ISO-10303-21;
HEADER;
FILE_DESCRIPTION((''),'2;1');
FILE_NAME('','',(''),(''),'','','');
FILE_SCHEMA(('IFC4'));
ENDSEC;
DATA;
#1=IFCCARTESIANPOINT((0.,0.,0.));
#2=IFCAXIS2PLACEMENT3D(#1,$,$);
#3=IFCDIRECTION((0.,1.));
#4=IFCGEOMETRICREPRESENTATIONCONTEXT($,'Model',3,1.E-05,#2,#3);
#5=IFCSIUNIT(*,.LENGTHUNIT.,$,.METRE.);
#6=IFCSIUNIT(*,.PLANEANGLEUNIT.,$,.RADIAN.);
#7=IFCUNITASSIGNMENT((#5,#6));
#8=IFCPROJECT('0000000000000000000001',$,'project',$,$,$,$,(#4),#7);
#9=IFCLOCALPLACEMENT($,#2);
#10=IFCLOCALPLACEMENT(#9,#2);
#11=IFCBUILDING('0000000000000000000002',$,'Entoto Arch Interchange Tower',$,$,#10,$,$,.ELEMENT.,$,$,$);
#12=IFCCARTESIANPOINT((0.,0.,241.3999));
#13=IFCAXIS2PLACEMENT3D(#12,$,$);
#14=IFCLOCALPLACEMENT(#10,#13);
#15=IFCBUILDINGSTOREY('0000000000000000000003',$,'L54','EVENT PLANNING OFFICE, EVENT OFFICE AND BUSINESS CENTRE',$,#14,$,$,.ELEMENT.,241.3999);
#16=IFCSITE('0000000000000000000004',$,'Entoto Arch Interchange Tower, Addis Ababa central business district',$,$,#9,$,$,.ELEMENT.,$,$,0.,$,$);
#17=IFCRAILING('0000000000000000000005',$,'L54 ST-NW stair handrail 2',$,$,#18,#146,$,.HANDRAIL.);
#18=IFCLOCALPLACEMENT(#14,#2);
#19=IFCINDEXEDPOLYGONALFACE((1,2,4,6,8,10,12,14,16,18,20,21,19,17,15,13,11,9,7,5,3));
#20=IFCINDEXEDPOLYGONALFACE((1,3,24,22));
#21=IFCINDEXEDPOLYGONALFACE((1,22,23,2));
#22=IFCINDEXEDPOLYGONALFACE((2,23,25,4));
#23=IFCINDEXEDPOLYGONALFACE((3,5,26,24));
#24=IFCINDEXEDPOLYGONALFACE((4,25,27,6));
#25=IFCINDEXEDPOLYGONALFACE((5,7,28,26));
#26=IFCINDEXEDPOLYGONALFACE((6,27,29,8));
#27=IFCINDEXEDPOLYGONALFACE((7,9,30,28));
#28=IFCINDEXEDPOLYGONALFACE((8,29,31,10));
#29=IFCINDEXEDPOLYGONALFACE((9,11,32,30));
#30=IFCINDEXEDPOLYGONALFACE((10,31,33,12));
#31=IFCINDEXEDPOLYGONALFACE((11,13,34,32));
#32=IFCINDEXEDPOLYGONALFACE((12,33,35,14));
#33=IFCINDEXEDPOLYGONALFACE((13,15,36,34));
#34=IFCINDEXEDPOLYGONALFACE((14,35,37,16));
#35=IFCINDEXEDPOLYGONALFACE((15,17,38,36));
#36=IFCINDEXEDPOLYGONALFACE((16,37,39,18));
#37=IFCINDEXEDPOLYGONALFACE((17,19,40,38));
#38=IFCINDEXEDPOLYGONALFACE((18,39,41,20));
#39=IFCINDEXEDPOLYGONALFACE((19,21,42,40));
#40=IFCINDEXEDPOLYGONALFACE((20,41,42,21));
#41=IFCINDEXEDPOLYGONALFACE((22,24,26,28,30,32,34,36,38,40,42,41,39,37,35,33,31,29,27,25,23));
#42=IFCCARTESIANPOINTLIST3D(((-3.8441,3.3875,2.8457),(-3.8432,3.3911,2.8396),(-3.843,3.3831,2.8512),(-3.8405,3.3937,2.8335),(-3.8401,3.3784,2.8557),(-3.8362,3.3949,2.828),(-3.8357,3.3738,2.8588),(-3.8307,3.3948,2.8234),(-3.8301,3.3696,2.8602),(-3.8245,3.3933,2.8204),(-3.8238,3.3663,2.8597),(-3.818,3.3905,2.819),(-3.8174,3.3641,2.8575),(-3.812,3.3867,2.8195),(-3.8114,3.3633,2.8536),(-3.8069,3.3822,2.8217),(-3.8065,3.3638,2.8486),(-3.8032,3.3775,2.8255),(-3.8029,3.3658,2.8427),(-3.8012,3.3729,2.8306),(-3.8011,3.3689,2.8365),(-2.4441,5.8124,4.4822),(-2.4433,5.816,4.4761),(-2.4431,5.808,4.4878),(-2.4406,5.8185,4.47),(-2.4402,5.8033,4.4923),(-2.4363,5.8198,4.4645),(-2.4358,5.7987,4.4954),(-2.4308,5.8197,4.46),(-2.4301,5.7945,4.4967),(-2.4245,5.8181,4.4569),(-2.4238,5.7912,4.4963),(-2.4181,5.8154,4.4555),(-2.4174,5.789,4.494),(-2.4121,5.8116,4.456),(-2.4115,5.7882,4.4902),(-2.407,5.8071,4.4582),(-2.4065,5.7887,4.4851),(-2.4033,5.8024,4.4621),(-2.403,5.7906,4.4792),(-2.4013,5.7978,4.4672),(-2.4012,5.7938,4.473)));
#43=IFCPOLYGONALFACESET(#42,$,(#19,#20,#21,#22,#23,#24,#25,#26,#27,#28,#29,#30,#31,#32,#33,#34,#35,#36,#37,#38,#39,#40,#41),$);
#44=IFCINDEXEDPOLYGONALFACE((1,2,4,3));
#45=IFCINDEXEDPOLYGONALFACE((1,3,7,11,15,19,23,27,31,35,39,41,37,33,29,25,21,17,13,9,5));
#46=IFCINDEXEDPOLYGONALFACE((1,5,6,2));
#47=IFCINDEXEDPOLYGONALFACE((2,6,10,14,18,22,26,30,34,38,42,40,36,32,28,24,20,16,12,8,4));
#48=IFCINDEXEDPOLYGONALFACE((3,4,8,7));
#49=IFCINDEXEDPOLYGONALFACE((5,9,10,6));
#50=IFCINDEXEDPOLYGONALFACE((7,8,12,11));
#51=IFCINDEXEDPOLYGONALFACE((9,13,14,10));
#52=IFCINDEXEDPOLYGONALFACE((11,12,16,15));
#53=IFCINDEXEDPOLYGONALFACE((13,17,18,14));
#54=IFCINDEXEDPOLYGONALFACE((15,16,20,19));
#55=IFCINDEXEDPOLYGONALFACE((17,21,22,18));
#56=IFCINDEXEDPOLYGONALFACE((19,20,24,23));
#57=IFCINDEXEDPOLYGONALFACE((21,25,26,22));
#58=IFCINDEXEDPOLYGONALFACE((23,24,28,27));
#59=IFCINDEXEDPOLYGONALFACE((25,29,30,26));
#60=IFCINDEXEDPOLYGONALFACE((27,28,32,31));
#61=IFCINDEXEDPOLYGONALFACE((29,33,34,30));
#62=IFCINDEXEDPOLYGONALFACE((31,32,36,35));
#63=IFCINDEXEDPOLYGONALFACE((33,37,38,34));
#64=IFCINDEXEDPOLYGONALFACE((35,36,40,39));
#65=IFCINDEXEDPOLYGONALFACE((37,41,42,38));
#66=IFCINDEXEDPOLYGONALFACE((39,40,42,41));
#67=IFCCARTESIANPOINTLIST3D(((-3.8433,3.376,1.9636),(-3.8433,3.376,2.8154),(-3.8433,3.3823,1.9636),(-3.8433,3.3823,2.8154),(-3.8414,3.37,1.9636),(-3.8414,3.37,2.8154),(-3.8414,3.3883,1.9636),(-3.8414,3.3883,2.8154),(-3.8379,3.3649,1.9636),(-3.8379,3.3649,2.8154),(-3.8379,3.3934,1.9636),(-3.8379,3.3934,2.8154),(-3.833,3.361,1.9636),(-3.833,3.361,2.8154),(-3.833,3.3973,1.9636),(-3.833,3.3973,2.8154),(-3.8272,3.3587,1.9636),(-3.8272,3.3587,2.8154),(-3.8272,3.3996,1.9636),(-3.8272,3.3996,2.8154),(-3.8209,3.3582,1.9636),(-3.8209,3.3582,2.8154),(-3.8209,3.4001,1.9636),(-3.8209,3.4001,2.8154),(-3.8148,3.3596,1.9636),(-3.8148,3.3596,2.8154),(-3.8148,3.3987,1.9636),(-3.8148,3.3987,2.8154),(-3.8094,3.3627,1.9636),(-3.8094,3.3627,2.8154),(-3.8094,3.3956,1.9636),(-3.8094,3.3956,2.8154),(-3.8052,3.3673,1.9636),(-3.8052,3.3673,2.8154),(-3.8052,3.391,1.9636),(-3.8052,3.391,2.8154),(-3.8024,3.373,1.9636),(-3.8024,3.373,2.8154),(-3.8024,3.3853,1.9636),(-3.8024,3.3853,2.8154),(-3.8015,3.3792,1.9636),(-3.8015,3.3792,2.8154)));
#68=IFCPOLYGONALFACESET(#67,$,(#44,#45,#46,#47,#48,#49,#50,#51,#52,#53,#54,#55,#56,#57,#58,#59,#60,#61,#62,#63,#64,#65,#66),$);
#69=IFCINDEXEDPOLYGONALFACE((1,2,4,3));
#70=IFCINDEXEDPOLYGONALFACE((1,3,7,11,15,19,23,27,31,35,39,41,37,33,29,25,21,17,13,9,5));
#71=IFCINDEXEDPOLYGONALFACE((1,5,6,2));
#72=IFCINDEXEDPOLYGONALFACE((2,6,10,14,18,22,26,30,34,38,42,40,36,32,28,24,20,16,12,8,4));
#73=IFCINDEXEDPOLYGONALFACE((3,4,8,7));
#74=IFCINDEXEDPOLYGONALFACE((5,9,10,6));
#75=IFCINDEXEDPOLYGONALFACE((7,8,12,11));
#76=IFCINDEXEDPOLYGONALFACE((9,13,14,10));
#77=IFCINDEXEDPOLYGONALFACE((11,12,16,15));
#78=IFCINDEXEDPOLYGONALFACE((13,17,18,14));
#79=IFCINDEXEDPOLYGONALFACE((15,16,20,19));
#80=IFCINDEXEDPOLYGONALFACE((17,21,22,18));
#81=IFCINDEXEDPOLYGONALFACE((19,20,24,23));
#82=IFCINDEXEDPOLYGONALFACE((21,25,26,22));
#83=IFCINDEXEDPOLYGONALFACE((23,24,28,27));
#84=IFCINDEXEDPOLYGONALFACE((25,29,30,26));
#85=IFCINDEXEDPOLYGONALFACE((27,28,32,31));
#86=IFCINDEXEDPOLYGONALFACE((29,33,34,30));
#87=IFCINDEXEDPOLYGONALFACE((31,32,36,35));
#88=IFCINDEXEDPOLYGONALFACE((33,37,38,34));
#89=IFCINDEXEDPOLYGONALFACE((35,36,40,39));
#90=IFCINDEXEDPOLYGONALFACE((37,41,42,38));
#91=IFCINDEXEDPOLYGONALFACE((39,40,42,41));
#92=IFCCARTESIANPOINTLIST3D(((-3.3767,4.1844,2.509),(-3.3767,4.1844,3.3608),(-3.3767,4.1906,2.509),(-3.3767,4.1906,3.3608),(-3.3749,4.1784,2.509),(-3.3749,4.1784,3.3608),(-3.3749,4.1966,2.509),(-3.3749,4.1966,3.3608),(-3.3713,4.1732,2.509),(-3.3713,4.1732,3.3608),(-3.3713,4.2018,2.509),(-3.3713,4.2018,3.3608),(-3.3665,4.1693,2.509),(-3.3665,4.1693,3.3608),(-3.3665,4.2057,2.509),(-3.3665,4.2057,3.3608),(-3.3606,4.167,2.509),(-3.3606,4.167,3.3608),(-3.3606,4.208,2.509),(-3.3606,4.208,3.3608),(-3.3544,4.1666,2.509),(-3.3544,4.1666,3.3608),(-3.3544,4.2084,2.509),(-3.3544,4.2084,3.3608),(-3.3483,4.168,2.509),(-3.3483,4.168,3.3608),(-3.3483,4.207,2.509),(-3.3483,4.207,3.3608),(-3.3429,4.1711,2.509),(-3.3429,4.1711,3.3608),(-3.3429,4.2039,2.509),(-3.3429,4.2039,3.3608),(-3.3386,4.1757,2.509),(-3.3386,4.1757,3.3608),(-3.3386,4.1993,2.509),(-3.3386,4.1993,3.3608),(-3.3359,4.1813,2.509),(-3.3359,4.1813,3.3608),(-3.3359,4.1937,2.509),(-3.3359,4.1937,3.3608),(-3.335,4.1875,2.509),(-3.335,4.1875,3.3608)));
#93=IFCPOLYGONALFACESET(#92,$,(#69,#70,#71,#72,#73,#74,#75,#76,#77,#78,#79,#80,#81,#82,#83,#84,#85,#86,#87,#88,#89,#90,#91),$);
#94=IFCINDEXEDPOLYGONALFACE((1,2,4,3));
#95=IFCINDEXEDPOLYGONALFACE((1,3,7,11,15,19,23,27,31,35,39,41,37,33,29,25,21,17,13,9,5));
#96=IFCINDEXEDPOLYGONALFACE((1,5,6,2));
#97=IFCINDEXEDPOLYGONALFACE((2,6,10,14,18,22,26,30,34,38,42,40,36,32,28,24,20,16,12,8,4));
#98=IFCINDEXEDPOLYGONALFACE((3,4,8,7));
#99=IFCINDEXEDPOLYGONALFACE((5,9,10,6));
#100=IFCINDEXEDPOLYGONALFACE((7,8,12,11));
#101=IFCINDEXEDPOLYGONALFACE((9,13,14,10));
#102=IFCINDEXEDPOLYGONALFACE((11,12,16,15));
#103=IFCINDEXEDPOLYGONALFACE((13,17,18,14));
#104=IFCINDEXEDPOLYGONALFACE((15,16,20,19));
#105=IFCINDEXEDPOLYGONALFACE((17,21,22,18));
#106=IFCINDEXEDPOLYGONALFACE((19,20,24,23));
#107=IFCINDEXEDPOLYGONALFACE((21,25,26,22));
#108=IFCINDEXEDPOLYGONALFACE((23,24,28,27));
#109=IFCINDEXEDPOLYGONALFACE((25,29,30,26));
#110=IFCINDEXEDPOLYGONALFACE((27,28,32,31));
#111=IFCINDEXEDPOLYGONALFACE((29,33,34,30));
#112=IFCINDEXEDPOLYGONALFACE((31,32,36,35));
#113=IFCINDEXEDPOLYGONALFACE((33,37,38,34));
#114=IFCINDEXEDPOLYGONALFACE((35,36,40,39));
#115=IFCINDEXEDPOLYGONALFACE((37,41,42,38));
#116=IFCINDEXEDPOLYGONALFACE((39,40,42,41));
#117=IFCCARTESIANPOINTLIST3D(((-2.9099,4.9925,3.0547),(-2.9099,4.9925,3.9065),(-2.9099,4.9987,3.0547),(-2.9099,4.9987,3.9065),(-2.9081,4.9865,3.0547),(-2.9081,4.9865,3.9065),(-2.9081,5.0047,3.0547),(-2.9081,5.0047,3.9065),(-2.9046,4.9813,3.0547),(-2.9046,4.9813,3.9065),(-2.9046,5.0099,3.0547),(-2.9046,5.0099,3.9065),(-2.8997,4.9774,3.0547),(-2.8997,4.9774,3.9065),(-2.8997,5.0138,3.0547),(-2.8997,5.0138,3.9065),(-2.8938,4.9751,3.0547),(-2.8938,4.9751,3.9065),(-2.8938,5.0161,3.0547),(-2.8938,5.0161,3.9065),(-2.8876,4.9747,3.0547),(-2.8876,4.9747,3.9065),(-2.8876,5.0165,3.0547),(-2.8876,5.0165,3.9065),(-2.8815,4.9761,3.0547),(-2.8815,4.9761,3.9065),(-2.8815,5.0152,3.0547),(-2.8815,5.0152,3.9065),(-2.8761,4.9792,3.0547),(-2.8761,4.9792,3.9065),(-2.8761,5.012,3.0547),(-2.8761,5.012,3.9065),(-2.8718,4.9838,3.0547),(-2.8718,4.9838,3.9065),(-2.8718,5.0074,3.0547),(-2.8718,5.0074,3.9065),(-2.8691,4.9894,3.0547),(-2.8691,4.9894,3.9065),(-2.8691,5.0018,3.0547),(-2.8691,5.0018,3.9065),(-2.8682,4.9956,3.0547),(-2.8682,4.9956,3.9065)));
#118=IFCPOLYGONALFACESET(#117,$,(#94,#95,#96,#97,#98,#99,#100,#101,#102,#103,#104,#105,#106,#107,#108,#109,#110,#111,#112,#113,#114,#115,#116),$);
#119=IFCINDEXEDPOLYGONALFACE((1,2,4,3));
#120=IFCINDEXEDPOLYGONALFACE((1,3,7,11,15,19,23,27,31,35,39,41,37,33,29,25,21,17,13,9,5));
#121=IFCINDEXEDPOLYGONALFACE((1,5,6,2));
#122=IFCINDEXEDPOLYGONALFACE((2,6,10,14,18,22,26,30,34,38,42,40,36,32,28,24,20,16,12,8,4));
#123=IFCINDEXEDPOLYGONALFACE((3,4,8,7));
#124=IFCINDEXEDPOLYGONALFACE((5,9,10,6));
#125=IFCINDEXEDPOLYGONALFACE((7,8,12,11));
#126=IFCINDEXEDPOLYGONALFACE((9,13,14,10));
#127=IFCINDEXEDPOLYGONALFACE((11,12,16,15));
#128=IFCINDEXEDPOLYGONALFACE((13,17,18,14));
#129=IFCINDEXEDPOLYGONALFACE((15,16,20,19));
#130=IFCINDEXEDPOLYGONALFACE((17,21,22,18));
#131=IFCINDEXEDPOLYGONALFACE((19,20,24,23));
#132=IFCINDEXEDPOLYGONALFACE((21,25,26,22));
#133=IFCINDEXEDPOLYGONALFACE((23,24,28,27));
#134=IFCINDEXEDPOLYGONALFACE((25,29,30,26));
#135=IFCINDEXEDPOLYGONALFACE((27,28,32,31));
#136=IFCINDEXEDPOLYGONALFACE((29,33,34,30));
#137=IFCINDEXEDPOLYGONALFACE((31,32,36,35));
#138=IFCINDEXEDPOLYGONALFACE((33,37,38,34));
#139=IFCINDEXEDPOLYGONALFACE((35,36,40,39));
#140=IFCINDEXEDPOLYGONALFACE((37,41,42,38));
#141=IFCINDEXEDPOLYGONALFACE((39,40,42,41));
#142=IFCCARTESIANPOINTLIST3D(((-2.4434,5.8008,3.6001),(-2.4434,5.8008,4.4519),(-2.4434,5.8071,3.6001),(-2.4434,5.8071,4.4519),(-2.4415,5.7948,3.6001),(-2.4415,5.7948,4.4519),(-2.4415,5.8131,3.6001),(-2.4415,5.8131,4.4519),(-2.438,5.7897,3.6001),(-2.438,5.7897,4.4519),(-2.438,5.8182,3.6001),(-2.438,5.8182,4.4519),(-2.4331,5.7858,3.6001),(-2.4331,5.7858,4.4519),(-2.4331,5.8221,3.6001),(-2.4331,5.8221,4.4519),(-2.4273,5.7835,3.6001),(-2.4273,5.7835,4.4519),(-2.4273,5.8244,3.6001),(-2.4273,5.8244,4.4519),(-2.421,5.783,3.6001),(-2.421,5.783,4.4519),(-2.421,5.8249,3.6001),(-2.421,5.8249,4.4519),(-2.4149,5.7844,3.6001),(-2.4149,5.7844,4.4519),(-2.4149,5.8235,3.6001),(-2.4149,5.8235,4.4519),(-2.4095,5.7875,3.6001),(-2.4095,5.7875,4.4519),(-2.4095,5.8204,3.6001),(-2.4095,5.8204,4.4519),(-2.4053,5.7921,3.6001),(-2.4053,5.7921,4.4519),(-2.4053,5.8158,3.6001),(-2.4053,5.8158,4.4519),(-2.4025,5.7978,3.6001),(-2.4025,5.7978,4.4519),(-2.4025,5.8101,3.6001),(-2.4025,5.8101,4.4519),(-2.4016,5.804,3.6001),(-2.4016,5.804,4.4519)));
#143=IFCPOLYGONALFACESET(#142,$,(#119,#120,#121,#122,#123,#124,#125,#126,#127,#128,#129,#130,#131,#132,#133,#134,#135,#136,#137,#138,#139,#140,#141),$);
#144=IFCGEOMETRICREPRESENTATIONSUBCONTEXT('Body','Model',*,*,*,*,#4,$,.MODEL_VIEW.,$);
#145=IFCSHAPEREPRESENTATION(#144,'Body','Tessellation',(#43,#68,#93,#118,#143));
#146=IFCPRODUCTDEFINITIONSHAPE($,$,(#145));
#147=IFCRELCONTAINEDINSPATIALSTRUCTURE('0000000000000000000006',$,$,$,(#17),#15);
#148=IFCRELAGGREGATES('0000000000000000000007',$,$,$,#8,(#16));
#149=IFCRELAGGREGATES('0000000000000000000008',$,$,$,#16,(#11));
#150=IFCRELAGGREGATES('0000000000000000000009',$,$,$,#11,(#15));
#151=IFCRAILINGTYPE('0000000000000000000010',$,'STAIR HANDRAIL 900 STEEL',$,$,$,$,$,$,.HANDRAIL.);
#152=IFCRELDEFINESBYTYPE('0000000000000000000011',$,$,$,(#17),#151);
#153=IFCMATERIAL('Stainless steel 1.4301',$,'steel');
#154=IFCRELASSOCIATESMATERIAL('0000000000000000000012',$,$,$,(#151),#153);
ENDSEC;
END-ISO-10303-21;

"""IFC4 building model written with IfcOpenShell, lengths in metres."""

from ifc_helpers import new_model, si_unit, direction, frame, origin, origin_2d, place, context, subcontext, project, spatial, circle, extrude, material, type_object, element, save


model = new_model("IFC4")

# Units and contexts
model_context = context("Model", 3, precision=1e-05, world=origin(), true_north=direction((0.0, 1.0)))
body_context = subcontext(model_context, "Body", "Model", "MODEL_VIEW")
ifc_project = project(units=[si_unit("LENGTHUNIT", "METRE"), si_unit("PLANEANGLEUNIT", "RADIAN")], contexts=[model_context])

# Site, building, storey
site_placement = place(None, origin())
site = spatial("IfcSite", under=ifc_project, at=site_placement, Name="Entoto Arch Interchange Tower, Addis Ababa central business district", CompositionType="ELEMENT", RefElevation=0.0)
building_placement = place(site_placement, origin())
building = spatial("IfcBuilding", under=site, at=building_placement, Name="Entoto Arch Interchange Tower", CompositionType="ELEMENT")
storey_placement = place(building_placement, frame((0.0, 0.0, 241.3999)))
storey = spatial("IfcBuildingStorey", under=building, at=storey_placement, Name="L54", Description="EVENT PLANNING OFFICE, EVENT OFFICE AND BUSINESS CENTRE", CompositionType="ELEMENT", Elevation=241.3999)

# Railing
ifc_material_1 = material(Name="Stainless steel 1.4301", Category="steel")
railing_type_1 = type_object("IfcRailingType", Name="STAIR HANDRAIL 900 STEEL", PredefinedType="HANDRAIL", material=ifc_material_1)
railing_1_placement = place(storey_placement, frame((-3.8225, 3.3792, 1.9636)))
element("IfcRailing", 1, at=railing_1_placement, inside=storey, type_object=railing_type_1, Name="L54 ST-NW stair handrail 2", PredefinedType="HANDRAIL", context=body_context, shape_type="SweptSolid", body=[
    extrude(circle(Radius=0.0239, at=origin_2d()), frame((0.0, 0.0, 0.876), z_axis=(0.431661, 0.74769, 0.504608), x_axis=(-0.866035, 0.499984, 0.0)), (0.0, 0.0, 1.0), 3.2432),
    extrude(circle(Radius=0.021, at=origin_2d()), origin(), (0.0, 0.0, 1.0), 0.8518),
    extrude(circle(Radius=0.021, at=origin_2d()), frame((0.4666, 0.8083, 0.5454)), (0.0, 0.0, 1.0), 0.8518),
    extrude(circle(Radius=0.021, at=origin_2d()), frame((0.9333, 1.6165, 1.0911)), (0.0, 0.0, 1.0), 0.8518),
    extrude(circle(Radius=0.021, at=origin_2d()), frame((1.3999, 2.4248, 1.6365)), (0.0, 0.0, 1.0), 0.8518),
])

save(model, "model.ifc")
